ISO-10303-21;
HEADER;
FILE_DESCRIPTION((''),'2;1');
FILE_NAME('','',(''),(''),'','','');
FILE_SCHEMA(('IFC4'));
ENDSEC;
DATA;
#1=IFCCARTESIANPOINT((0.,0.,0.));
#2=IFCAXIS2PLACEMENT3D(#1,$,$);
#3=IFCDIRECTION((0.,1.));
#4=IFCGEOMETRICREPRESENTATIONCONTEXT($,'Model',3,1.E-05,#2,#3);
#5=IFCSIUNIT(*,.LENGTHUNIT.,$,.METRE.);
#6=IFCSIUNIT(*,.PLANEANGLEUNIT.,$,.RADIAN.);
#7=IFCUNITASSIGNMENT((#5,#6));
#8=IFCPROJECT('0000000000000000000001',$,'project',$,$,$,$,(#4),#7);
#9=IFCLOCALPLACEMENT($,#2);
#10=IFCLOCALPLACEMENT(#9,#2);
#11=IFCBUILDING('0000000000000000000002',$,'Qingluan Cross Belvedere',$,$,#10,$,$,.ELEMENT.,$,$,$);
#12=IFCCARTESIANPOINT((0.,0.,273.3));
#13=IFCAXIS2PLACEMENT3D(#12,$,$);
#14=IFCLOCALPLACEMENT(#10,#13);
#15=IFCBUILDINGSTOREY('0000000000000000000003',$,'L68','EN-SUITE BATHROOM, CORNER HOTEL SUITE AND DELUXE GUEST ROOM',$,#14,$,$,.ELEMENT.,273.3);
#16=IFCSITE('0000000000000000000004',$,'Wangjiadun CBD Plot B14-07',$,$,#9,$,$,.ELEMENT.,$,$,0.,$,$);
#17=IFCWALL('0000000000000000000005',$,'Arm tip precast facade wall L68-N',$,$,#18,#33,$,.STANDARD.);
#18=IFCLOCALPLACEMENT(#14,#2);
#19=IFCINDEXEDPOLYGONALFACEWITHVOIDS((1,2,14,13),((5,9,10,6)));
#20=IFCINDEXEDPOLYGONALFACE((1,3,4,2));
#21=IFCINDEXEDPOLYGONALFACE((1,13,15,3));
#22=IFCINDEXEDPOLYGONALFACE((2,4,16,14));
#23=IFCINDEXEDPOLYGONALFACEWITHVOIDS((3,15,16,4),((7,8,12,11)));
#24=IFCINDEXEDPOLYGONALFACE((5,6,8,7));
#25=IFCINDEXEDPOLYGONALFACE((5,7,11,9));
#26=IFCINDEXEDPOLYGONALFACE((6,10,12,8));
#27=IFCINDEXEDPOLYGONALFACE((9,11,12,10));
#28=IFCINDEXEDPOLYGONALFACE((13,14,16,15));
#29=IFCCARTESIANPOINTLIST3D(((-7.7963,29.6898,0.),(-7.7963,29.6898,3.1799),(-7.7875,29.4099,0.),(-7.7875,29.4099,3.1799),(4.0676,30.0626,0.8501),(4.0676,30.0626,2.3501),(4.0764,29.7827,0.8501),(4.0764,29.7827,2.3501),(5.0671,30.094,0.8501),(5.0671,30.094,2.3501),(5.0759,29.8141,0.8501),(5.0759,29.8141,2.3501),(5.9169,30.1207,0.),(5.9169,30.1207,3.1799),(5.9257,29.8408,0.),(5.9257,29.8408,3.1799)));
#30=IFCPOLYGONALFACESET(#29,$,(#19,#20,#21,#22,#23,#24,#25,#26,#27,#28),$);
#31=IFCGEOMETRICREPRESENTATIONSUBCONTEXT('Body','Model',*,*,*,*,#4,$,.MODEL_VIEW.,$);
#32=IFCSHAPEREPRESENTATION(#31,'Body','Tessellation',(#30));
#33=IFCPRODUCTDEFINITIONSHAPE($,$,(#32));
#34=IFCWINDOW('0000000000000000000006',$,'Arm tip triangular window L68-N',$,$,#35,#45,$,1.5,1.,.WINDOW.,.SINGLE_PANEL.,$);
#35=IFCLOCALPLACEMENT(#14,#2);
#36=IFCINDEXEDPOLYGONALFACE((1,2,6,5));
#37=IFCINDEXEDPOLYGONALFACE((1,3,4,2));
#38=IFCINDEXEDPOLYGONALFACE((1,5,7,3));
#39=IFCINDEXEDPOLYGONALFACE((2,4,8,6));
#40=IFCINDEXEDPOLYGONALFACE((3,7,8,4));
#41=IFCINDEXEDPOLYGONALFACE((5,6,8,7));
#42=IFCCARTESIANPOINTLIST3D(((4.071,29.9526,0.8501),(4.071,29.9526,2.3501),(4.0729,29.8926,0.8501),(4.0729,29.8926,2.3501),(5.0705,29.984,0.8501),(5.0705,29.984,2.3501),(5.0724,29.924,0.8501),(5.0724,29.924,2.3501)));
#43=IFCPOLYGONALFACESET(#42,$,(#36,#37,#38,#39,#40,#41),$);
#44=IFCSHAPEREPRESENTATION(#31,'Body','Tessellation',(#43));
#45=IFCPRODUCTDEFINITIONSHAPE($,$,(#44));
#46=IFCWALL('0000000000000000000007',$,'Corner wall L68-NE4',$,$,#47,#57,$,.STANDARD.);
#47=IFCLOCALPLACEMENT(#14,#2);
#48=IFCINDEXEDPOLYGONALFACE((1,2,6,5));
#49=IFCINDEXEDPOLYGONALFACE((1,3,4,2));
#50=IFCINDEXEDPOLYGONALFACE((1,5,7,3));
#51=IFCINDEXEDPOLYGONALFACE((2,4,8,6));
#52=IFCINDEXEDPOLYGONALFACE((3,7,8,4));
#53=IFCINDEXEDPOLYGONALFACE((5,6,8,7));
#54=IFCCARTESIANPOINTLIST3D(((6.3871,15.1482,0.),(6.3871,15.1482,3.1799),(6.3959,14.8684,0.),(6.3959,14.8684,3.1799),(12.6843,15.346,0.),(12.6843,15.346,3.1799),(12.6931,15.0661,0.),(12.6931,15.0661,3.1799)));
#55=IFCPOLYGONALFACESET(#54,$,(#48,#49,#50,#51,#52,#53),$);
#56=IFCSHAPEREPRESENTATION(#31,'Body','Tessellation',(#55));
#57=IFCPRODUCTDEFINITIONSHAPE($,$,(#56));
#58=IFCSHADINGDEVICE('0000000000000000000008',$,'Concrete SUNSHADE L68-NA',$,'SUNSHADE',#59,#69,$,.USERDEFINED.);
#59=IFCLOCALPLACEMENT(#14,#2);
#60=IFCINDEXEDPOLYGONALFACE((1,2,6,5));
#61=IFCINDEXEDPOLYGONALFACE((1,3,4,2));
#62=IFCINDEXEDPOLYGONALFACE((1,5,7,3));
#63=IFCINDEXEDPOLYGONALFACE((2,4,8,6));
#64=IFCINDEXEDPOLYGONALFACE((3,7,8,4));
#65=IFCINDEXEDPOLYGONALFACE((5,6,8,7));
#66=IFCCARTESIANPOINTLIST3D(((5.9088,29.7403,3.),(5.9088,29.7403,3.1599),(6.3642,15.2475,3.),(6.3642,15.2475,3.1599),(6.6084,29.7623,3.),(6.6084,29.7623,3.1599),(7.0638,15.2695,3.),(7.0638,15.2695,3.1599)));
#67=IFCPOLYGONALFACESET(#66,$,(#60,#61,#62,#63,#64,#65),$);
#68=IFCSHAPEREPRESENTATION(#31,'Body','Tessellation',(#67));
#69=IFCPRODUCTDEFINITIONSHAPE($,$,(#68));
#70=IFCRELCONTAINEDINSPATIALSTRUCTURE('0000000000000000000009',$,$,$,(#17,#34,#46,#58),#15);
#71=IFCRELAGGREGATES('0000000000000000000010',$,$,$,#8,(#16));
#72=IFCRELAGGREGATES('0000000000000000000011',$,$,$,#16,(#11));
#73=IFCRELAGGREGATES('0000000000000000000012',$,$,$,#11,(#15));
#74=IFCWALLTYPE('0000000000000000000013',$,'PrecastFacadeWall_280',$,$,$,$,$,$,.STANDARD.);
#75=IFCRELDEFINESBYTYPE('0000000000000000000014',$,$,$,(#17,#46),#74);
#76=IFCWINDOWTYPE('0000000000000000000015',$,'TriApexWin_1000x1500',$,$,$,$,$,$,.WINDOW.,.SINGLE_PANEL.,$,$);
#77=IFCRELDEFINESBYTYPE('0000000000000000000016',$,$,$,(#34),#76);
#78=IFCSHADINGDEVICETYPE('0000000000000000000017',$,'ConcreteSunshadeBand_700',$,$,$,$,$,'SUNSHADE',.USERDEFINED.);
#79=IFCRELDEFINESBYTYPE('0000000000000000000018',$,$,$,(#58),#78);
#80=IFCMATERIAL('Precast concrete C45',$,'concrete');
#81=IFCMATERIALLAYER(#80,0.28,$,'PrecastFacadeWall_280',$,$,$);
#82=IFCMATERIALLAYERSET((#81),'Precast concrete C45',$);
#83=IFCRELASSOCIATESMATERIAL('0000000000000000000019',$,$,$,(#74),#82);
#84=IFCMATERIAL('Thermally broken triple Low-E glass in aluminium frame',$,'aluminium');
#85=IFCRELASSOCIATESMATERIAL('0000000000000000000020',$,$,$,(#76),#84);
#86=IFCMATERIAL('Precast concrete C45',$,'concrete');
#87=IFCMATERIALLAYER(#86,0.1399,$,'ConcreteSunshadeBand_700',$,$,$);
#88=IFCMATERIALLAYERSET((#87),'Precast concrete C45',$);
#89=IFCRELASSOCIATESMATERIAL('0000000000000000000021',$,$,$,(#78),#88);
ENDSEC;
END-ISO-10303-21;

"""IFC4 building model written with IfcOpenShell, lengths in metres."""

from ifc_helpers import new_model, si_unit, direction, frame, frame_2d, origin, origin_2d, place, context, subcontext, project, spatial, rectangle, extrude, material, layer, layer_set, type_object, element, fill, save


model = new_model("IFC4")

# Units and contexts
model_context = context("Model", 3, precision=1e-05, world=origin(), true_north=direction((0.0, 1.0)))
body_context = subcontext(model_context, "Body", "Model", "MODEL_VIEW")
ifc_project = project(units=[si_unit("LENGTHUNIT", "METRE"), si_unit("PLANEANGLEUNIT", "RADIAN")], contexts=[model_context])

# Site, building, storey
site_placement = place(None, origin())
site = spatial("IfcSite", under=ifc_project, at=site_placement, Name="Wangjiadun CBD Plot B14-07", CompositionType="ELEMENT", RefElevation=0.0)
building_placement = place(site_placement, origin())
building = spatial("IfcBuilding", under=site, at=building_placement, Name="Qingluan Cross Belvedere", CompositionType="ELEMENT")
storey_placement = place(building_placement, frame((0.0, 0.0, 273.3)))
storey = spatial("IfcBuildingStorey", under=building, at=storey_placement, Name="L68", Description="EN-SUITE BATHROOM, CORNER HOTEL SUITE AND DELUXE GUEST ROOM", CompositionType="ELEMENT", Elevation=273.3)

# Wall, opening, window
ifc_material_1 = material(Name="Precast concrete C45", Category="concrete")
ifc_layer_1 = layer(ifc_material_1, 0.28, Name="PrecastFacadeWall_280")
ifc_layer_set_1 = layer_set([ifc_layer_1], Name="Precast concrete C45")
wall_type_1 = type_object("IfcWallType", Name="PrecastFacadeWall_280", PredefinedType="STANDARD", material=ifc_layer_set_1)
wall_1_placement = place(storey_placement, frame((5.9211, 29.9807, 0.0), z_axis=(0.0, 0.0, 1.0), x_axis=(-0.999507, -0.031408, 0.0)))
wall_1 = element("IfcWall", 1, at=wall_1_placement, inside=storey, type_object=wall_type_1, Name="Arm tip precast facade wall L68-N", PredefinedType="STANDARD", context=body_context, shape_type="SweptSolid", body=[
    extrude(rectangle(XDim=13.72, YDim=0.28, at=frame_2d((6.8599, 0.0))), origin(), (0.0, 0.0, 1.0), 3.1799),
])
opening_1_placement = place(wall_1_placement, frame((0.8501, 0.0, 0.8501)))
opening_1 = element("IfcOpeningElement", 2, at=opening_1_placement, cuts=wall_1, PredefinedType="OPENING", context=body_context, shape_type="SweptSolid", body=[
    extrude(rectangle(XDim=1.0, YDim=1.5, at=frame_2d((0.5, 0.75))), frame((0.0, 0.1499, 0.0), z_axis=(0.0, -1.0, 0.0), x_axis=(1.0, 0.0, 0.0)), (0.0, 0.0, 1.0), 0.3),
])
ifc_material_2 = material(Name="Thermally broken triple Low-E glass in aluminium frame", Category="aluminium")
window_type = type_object("IfcWindowType", Name="TriApexWin_1000x1500", PartitioningType="SINGLE_PANEL", PredefinedType="WINDOW", material=ifc_material_2)
window_placement = place(opening_1_placement, origin())
window = element("IfcWindow", 3, at=window_placement, inside=storey, type_object=window_type, Name="Arm tip triangular window L68-N", OverallHeight=1.5, OverallWidth=1.0, PartitioningType="SINGLE_PANEL", PredefinedType="WINDOW", context=body_context, shape_type="SweptSolid", body=[
    extrude(rectangle(XDim=1.0, YDim=1.5, at=frame_2d((0.5, 0.75))), frame((0.0, 0.03, 0.0), z_axis=(0.0, -1.0, 0.0), x_axis=(1.0, 0.0, 0.0)), (0.0, 0.0, 1.0), 0.0601),
])
fill(opening_1, window)

# Wall
wall_2_placement = place(storey_placement, frame((12.6887, 15.2061, 0.0), z_axis=(0.0, 0.0, 1.0), x_axis=(-0.999507, -0.031388, 0.0)))
element("IfcWall", 4, at=wall_2_placement, inside=storey, type_object=wall_type_1, Name="Corner wall L68-NE4", PredefinedType="STANDARD", context=body_context, shape_type="SweptSolid", body=[
    extrude(rectangle(XDim=6.3003, YDim=0.28, at=frame_2d((3.1501, 0.0))), origin(), (0.0, 0.0, 1.0), 3.1799),
])

# Shading device
ifc_material_3 = material(Name="Precast concrete C45", Category="concrete")
ifc_layer_2 = layer(ifc_material_3, 0.1399, Name="ConcreteSunshadeBand_700")
ifc_layer_set_2 = layer_set([ifc_layer_2], Name="Precast concrete C45")
shading_device_type = type_object("IfcShadingDeviceType", Name="ConcreteSunshadeBand_700", ElementType="SUNSHADE", PredefinedType="USERDEFINED", material=ifc_layer_set_2)
shading_device_placement = place(storey_placement, frame((6.4863, 22.5049, 3.0), z_axis=(0.0, 0.0, 1.0), x_axis=(-0.031408, 0.999507, 0.0)))
element("IfcShadingDevice", 5, at=shading_device_placement, inside=storey, type_object=shading_device_type, Name="Concrete SUNSHADE L68-NA", ObjectType="SUNSHADE", PredefinedType="USERDEFINED", context=body_context, shape_type="SweptSolid", body=[
    extrude(rectangle(XDim=14.5, YDim=0.7, at=origin_2d()), origin(), (0.0, 0.0, 1.0), 0.1599),
])

save(model, "model.ifc")
